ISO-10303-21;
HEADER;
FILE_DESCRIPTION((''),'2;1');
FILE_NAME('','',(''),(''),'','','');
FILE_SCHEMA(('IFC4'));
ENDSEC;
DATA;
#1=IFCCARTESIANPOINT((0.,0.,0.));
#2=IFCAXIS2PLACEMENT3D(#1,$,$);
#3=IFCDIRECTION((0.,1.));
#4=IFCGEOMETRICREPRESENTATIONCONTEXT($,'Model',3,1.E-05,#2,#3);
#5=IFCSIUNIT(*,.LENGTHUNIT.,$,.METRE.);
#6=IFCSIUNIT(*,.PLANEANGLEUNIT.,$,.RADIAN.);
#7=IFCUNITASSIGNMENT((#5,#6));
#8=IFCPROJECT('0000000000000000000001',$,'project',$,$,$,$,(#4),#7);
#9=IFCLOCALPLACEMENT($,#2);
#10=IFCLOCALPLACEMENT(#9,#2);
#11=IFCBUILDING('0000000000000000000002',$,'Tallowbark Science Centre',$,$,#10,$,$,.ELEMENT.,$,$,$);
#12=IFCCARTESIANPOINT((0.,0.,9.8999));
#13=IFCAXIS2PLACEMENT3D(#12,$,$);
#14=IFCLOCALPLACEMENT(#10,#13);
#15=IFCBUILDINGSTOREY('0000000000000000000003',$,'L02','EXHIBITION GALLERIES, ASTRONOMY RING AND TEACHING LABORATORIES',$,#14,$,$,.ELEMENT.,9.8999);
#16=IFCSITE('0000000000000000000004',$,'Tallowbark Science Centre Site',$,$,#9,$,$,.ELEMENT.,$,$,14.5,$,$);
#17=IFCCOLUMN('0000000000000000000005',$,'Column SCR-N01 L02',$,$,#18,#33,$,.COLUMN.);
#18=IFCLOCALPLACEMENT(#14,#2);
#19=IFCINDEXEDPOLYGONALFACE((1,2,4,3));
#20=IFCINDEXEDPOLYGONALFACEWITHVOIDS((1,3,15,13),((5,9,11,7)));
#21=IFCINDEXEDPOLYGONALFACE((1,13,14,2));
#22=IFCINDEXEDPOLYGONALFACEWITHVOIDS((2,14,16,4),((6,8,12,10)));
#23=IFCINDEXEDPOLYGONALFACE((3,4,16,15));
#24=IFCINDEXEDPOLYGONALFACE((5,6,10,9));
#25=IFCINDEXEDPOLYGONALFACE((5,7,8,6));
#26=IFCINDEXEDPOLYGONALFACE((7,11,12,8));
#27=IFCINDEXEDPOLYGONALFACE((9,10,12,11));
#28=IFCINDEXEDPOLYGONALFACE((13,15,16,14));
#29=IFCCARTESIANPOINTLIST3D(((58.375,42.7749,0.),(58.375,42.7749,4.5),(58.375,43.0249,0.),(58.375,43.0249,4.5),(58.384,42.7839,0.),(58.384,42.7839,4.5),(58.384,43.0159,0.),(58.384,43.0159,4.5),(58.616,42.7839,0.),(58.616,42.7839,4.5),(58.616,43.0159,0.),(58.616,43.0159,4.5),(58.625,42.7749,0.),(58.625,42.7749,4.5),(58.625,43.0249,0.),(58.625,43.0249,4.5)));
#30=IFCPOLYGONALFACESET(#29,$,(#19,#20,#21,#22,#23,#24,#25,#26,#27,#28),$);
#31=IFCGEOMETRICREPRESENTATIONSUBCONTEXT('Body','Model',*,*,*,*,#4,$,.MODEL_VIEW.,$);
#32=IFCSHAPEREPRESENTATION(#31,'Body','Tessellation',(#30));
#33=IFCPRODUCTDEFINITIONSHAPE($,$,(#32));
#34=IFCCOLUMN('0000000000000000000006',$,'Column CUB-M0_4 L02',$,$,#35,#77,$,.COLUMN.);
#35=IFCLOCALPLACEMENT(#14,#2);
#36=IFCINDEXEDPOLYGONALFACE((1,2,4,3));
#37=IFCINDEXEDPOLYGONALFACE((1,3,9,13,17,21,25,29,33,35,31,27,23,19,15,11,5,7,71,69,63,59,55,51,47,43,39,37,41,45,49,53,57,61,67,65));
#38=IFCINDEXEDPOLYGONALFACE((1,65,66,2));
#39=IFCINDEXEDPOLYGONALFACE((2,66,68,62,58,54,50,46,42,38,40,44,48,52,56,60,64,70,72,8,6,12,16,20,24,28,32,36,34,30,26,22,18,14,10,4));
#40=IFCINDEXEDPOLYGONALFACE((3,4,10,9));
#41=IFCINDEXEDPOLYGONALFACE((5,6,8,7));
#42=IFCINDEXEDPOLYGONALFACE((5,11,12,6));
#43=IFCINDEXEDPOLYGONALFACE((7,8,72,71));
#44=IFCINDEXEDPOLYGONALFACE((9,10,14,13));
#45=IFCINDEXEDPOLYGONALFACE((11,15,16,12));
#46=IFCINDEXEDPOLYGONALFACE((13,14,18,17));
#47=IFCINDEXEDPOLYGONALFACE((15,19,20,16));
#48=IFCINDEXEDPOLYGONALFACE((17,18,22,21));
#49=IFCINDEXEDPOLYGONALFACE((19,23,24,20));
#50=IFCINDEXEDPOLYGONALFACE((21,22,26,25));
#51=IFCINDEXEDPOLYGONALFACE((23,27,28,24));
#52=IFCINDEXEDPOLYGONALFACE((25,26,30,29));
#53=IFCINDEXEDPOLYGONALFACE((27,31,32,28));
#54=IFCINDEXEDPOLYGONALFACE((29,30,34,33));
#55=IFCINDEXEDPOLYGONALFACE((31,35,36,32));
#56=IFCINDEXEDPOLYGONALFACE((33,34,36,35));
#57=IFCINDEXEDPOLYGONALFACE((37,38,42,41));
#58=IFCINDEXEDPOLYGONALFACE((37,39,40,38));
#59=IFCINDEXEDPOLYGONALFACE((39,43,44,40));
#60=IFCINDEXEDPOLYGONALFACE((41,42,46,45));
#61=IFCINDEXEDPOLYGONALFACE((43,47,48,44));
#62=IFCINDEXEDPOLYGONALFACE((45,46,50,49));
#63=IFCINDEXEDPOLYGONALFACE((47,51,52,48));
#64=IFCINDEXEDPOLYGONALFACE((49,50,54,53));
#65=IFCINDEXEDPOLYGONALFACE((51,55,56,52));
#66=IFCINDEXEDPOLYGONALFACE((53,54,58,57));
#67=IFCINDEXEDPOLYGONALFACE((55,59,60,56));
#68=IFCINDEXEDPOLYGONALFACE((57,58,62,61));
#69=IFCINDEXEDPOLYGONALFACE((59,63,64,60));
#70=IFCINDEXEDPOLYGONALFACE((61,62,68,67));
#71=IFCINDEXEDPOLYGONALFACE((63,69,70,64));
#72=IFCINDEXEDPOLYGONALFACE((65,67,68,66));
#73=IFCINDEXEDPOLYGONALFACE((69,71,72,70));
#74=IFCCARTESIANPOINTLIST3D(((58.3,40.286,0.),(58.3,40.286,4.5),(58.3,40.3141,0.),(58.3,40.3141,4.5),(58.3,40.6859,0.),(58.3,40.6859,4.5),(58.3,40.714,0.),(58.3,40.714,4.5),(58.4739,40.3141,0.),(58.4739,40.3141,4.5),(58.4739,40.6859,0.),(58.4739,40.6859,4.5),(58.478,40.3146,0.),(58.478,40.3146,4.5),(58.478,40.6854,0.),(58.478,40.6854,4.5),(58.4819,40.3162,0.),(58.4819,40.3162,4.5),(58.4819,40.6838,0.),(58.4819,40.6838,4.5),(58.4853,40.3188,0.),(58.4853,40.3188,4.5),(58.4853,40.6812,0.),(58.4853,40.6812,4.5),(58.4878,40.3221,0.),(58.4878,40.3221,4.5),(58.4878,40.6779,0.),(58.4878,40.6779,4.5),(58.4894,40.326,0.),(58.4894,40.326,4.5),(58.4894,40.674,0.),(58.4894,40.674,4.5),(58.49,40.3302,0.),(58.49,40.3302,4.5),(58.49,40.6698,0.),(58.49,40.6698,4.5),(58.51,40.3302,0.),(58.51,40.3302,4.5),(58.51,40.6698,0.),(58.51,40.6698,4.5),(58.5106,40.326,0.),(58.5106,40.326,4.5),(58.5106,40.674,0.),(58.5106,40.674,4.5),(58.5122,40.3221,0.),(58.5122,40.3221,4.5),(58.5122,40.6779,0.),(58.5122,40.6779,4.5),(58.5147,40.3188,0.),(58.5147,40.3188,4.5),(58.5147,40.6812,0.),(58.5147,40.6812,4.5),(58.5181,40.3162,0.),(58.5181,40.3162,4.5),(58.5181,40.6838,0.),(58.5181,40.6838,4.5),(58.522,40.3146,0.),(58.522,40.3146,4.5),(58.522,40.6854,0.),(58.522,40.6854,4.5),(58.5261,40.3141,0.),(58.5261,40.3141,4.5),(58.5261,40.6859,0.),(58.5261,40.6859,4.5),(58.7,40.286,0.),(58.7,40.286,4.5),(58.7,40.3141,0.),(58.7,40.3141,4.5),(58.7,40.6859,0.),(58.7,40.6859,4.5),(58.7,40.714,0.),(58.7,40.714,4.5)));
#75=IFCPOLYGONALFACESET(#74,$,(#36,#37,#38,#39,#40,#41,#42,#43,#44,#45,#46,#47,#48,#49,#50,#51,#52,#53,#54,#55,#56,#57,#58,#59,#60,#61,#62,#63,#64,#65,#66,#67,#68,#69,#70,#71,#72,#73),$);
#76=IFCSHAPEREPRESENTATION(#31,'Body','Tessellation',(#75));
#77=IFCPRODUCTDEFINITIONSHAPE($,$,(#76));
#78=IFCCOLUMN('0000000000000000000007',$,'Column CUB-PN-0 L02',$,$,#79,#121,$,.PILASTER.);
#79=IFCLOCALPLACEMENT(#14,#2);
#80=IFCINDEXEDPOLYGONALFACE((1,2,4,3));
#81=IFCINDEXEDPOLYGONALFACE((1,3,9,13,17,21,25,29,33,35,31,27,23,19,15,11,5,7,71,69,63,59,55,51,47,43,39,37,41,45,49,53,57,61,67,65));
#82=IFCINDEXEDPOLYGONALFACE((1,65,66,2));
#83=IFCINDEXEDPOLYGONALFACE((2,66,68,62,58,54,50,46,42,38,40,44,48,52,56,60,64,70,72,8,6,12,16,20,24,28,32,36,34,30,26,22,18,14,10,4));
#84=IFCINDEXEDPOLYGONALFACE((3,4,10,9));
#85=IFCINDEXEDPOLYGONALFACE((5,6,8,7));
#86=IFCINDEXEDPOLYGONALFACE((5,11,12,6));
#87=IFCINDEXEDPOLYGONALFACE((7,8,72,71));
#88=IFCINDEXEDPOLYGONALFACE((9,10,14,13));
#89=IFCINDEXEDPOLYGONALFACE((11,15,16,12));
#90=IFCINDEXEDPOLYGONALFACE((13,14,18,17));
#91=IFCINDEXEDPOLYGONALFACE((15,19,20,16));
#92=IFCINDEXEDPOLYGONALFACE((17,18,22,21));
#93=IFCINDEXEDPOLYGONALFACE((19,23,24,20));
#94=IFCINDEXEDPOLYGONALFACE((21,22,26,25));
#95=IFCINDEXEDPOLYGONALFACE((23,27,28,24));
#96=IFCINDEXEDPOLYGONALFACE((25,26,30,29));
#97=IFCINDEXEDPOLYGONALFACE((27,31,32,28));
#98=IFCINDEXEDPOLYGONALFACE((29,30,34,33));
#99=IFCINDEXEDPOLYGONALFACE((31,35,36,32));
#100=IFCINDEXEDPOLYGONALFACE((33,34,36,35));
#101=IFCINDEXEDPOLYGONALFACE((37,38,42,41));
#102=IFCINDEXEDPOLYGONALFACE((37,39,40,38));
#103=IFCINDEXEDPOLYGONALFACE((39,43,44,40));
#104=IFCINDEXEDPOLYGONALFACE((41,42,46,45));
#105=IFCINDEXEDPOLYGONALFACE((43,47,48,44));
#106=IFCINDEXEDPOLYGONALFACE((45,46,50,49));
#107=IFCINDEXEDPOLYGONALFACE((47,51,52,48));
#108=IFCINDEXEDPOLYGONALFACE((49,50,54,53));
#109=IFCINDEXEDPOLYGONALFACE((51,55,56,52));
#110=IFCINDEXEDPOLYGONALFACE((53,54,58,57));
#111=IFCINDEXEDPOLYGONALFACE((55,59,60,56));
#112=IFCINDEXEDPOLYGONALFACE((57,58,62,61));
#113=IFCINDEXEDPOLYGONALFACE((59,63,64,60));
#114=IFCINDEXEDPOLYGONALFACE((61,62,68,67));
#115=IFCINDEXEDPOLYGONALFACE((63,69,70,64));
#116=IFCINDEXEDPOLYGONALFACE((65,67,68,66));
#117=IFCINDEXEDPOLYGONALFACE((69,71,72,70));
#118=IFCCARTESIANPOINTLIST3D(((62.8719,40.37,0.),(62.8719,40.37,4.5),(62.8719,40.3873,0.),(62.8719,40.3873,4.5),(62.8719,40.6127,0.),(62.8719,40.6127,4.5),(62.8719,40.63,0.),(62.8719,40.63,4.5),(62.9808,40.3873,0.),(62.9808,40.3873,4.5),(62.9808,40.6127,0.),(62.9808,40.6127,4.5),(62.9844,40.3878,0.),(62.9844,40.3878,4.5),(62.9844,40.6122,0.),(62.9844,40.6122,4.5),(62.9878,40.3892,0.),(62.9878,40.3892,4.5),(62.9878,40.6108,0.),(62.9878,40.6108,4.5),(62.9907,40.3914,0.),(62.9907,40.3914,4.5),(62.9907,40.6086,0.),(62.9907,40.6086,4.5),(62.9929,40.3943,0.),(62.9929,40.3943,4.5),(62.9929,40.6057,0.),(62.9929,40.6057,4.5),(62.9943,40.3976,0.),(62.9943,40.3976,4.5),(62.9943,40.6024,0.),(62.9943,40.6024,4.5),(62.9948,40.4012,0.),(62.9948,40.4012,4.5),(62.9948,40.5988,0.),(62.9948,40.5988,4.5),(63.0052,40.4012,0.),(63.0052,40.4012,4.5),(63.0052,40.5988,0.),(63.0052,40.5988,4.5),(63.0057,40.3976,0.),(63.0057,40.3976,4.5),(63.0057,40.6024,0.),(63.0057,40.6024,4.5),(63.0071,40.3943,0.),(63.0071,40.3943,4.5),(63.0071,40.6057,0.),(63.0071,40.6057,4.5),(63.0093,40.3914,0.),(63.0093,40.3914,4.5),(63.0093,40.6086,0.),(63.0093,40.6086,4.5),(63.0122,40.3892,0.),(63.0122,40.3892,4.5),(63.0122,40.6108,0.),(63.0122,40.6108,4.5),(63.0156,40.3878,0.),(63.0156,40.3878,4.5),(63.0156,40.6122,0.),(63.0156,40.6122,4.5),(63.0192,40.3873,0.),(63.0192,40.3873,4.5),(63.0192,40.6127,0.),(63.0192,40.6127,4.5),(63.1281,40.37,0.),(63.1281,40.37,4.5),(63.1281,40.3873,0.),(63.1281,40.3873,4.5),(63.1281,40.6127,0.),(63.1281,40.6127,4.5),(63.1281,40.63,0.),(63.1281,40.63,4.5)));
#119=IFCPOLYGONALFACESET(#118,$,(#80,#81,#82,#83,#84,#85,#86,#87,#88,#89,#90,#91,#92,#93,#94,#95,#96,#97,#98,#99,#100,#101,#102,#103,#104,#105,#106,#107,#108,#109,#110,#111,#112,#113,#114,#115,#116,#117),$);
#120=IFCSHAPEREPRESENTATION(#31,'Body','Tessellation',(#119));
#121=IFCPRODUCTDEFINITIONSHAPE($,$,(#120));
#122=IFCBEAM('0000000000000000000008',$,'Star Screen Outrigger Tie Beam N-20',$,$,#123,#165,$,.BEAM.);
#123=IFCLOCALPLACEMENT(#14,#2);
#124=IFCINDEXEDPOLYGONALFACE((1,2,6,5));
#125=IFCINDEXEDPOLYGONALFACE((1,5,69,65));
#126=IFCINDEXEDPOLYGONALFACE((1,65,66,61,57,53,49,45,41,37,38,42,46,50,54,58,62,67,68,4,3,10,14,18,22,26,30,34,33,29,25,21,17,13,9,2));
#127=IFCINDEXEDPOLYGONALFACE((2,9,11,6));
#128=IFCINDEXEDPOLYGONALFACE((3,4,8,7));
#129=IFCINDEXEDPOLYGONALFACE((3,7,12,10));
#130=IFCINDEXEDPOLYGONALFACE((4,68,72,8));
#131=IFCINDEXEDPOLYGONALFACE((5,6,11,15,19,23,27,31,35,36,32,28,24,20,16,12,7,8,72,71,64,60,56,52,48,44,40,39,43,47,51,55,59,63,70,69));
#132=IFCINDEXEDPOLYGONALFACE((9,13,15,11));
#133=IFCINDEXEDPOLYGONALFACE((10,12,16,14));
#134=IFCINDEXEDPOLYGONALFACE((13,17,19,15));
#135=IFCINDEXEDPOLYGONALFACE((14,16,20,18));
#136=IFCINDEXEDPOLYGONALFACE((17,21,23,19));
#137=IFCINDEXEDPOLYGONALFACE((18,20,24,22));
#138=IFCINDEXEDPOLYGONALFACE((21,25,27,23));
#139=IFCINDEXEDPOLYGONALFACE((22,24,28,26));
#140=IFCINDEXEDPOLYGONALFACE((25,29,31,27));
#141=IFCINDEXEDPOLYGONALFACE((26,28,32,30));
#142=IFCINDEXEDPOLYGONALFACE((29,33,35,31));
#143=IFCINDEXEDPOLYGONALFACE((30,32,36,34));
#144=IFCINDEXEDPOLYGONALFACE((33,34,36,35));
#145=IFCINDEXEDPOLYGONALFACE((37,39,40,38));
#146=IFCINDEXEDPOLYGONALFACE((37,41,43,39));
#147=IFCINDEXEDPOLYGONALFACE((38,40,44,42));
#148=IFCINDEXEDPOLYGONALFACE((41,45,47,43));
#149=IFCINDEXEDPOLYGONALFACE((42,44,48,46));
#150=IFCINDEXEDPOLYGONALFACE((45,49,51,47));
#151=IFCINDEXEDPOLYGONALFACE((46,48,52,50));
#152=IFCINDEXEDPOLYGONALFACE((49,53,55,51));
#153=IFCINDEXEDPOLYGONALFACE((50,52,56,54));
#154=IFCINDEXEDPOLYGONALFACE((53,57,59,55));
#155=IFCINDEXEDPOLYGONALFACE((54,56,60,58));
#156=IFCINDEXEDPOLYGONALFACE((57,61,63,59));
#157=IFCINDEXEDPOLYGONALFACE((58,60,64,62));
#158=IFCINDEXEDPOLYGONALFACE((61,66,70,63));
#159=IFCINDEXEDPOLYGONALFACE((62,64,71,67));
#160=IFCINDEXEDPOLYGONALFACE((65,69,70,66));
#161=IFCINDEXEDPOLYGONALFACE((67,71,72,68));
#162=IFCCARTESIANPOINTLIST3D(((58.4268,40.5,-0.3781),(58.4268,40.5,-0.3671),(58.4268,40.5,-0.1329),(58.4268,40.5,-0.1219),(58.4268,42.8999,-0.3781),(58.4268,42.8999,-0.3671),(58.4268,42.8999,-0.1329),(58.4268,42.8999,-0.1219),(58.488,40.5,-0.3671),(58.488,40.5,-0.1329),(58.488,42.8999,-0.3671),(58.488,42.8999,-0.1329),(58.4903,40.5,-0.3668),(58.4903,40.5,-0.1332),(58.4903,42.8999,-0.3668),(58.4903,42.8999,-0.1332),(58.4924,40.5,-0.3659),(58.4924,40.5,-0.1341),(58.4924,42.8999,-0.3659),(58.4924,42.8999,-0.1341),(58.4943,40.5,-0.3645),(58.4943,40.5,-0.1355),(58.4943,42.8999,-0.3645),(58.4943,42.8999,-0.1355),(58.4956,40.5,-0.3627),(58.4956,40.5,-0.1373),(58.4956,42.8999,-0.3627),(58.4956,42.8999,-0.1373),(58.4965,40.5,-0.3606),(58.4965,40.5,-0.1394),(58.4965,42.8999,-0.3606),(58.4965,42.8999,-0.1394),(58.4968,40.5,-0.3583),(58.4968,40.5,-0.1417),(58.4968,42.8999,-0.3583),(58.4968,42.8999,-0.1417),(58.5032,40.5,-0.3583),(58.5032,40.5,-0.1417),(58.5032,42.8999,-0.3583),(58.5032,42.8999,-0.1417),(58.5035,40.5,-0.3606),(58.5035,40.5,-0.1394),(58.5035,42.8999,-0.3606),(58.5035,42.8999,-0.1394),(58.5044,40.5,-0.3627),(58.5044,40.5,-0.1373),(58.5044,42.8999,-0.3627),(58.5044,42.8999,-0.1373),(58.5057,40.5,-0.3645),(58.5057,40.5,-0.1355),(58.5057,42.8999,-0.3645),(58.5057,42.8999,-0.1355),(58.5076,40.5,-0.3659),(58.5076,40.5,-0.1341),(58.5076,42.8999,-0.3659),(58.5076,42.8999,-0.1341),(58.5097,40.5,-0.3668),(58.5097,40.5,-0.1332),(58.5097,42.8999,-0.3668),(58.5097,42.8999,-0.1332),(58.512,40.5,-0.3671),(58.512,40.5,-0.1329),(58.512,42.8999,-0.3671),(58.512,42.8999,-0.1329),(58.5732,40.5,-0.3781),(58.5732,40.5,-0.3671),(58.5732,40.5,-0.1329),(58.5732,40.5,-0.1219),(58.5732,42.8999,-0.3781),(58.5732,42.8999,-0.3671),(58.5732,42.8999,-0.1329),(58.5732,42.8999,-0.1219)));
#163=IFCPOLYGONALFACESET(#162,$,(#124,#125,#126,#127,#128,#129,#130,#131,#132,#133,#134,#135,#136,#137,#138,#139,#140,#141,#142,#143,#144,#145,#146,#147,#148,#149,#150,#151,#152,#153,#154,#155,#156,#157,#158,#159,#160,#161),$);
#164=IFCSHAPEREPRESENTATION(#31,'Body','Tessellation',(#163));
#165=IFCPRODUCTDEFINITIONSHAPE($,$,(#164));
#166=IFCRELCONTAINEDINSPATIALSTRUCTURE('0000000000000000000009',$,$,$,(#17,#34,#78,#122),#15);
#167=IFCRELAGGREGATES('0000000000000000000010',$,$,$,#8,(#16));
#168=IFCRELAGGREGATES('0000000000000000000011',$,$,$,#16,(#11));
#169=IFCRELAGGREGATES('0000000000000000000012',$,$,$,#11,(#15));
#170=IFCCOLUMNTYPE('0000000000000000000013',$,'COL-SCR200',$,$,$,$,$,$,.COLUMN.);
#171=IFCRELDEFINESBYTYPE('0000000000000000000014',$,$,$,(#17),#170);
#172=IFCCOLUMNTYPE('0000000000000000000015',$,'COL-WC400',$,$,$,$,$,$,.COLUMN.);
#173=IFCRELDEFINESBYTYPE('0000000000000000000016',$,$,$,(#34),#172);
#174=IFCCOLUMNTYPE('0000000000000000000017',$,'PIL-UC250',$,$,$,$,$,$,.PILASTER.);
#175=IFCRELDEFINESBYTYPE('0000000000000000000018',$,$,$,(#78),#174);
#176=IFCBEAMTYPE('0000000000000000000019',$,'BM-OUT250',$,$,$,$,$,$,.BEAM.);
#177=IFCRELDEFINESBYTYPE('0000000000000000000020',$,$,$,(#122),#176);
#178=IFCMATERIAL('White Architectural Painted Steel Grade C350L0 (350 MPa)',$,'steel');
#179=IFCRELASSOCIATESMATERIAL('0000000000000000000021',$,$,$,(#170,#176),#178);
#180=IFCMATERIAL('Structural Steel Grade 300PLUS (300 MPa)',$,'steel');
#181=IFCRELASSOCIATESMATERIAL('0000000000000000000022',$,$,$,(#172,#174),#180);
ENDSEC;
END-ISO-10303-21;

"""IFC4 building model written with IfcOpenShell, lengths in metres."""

from ifc_helpers import new_model, si_unit, direction, frame, origin, origin_2d, place, context, subcontext, project, spatial, hollow_rectangle, i_section, extrude, material, material_profile, profile_set, type_object, element, save


model = new_model("IFC4")

# Units and contexts
model_context = context("Model", 3, precision=1e-05, world=origin(), true_north=direction((0.0, 1.0)))
body_context = subcontext(model_context, "Body", "Model", "MODEL_VIEW")
ifc_project = project(units=[si_unit("LENGTHUNIT", "METRE"), si_unit("PLANEANGLEUNIT", "RADIAN")], contexts=[model_context])

# Site, building, storey
site_placement = place(None, origin())
site = spatial("IfcSite", under=ifc_project, at=site_placement, Name="Tallowbark Science Centre Site", CompositionType="ELEMENT", RefElevation=14.5)
building_placement = place(site_placement, origin())
building = spatial("IfcBuilding", under=site, at=building_placement, Name="Tallowbark Science Centre", CompositionType="ELEMENT")
storey_placement = place(building_placement, frame((0.0, 0.0, 9.8999)))
storey = spatial("IfcBuildingStorey", under=building, at=storey_placement, Name="L02", Description="EXHIBITION GALLERIES, ASTRONOMY RING AND TEACHING LABORATORIES", CompositionType="ELEMENT", Elevation=9.8999)

# Columns
ifc_material_1 = material(Name="White Architectural Painted Steel Grade C350L0 (350 MPa)", Category="steel")
ifc_material_profile_1 = material_profile(ifc_material_1, hollow_rectangle(XDim=0.25, YDim=0.25, WallThickness=0.009, at=origin_2d()), Name="250x250x9.0SHS")
ifc_profile_set_1 = profile_set([ifc_material_profile_1], Name="White Architectural Painted Steel Grade C350L0 (350 MPa)")
column_type_1 = type_object("IfcColumnType", Name="COL-SCR200", PredefinedType="COLUMN", material=ifc_profile_set_1)
column_1_placement = place(storey_placement, frame((58.5, 42.8999, 0.0), z_axis=(0.0, 0.0, 1.0), x_axis=(1.0, 0.0, 0.0)))
element("IfcColumn", 1, at=column_1_placement, inside=storey, type_object=column_type_1, Name="Column SCR-N01 L02", PredefinedType="COLUMN", context=body_context, shape_type="SweptSolid", body=[
    extrude(hollow_rectangle(XDim=0.25, YDim=0.25, WallThickness=0.009, at=origin_2d()), origin(), (0.0, 0.0, 1.0), 4.5),
])
ifc_material_2 = material(Name="Structural Steel Grade 300PLUS (300 MPa)", Category="steel")
ifc_material_profile_2 = material_profile(ifc_material_2, i_section(OverallWidth=0.3999, OverallDepth=0.428, WebThickness=0.02, FlangeThickness=0.0281, FilletRadius=0.0161, at=origin_2d()), Name="400WC270")
ifc_profile_set_2 = profile_set([ifc_material_profile_2], Name="Structural Steel Grade 300PLUS (300 MPa)")
column_type_2 = type_object("IfcColumnType", Name="COL-WC400", PredefinedType="COLUMN", material=ifc_profile_set_2)
column_2_placement = place(storey_placement, frame((58.5, 40.5, 0.0), z_axis=(0.0, 0.0, 1.0), x_axis=(1.0, 0.0, 0.0)))
element("IfcColumn", 2, at=column_2_placement, inside=storey, type_object=column_type_2, Name="Column CUB-M0_4 L02", PredefinedType="COLUMN", context=body_context, shape_type="SweptSolid", body=[
    extrude(i_section(OverallWidth=0.3999, OverallDepth=0.428, WebThickness=0.02, FlangeThickness=0.0281, FilletRadius=0.0161, at=origin_2d()), origin(), (0.0, 0.0, 1.0), 4.5),
])
ifc_material_profile_3 = material_profile(ifc_material_2, i_section(OverallWidth=0.2561, OverallDepth=0.26, WebThickness=0.0105, FlangeThickness=0.0173, FilletRadius=0.0139, at=origin_2d()), Name="250UC89.5")
ifc_profile_set_3 = profile_set([ifc_material_profile_3], Name="Structural Steel Grade 300PLUS (300 MPa)")
column_type_3 = type_object("IfcColumnType", Name="PIL-UC250", PredefinedType="PILASTER", material=ifc_profile_set_3)
column_3_placement = place(storey_placement, frame((63.0, 40.5, 0.0), z_axis=(0.0, 0.0, 1.0), x_axis=(1.0, 0.0, 0.0)))
element("IfcColumn", 3, at=column_3_placement, inside=storey, type_object=column_type_3, Name="Column CUB-PN-0 L02", PredefinedType="PILASTER", context=body_context, shape_type="SweptSolid", body=[
    extrude(i_section(OverallWidth=0.2561, OverallDepth=0.26, WebThickness=0.0105, FlangeThickness=0.0173, FilletRadius=0.0139, at=origin_2d()), origin(), (0.0, 0.0, 1.0), 4.5),
])

# Beam
ifc_material_profile_4 = material_profile(ifc_material_1, i_section(OverallWidth=0.1465, OverallDepth=0.2561, WebThickness=0.0063, FlangeThickness=0.011, FilletRadius=0.0088, at=origin_2d()), Name="250UB37.3")
ifc_profile_set_4 = profile_set([ifc_material_profile_4], Name="White Architectural Painted Steel Grade C350L0 (350 MPa)")
beam_type_1 = type_object("IfcBeamType", Name="BM-OUT250", PredefinedType="BEAM", material=ifc_profile_set_4)
for number, where, z_axis, x_axis, name in (
    (4, (58.5, 40.5, -0.25), (0.0, 1.0, 0.0), (-1.0, 0.0, 0.0), "Star Screen Outrigger Tie Beam N-20"),
):
    element("IfcBeam", number, at=place(storey_placement, frame(where, z_axis=z_axis, x_axis=x_axis)), inside=storey, type_object=beam_type_1, Name=name, PredefinedType="BEAM", context=body_context, shape_type="SweptSolid", body=[
        extrude(i_section(OverallWidth=0.1465, OverallDepth=0.2561, WebThickness=0.0063, FlangeThickness=0.011, FilletRadius=0.0088, at=origin_2d()), origin(), (0.0, 0.0, 1.0), 2.3999),
    ])

save(model, "model.ifc")
